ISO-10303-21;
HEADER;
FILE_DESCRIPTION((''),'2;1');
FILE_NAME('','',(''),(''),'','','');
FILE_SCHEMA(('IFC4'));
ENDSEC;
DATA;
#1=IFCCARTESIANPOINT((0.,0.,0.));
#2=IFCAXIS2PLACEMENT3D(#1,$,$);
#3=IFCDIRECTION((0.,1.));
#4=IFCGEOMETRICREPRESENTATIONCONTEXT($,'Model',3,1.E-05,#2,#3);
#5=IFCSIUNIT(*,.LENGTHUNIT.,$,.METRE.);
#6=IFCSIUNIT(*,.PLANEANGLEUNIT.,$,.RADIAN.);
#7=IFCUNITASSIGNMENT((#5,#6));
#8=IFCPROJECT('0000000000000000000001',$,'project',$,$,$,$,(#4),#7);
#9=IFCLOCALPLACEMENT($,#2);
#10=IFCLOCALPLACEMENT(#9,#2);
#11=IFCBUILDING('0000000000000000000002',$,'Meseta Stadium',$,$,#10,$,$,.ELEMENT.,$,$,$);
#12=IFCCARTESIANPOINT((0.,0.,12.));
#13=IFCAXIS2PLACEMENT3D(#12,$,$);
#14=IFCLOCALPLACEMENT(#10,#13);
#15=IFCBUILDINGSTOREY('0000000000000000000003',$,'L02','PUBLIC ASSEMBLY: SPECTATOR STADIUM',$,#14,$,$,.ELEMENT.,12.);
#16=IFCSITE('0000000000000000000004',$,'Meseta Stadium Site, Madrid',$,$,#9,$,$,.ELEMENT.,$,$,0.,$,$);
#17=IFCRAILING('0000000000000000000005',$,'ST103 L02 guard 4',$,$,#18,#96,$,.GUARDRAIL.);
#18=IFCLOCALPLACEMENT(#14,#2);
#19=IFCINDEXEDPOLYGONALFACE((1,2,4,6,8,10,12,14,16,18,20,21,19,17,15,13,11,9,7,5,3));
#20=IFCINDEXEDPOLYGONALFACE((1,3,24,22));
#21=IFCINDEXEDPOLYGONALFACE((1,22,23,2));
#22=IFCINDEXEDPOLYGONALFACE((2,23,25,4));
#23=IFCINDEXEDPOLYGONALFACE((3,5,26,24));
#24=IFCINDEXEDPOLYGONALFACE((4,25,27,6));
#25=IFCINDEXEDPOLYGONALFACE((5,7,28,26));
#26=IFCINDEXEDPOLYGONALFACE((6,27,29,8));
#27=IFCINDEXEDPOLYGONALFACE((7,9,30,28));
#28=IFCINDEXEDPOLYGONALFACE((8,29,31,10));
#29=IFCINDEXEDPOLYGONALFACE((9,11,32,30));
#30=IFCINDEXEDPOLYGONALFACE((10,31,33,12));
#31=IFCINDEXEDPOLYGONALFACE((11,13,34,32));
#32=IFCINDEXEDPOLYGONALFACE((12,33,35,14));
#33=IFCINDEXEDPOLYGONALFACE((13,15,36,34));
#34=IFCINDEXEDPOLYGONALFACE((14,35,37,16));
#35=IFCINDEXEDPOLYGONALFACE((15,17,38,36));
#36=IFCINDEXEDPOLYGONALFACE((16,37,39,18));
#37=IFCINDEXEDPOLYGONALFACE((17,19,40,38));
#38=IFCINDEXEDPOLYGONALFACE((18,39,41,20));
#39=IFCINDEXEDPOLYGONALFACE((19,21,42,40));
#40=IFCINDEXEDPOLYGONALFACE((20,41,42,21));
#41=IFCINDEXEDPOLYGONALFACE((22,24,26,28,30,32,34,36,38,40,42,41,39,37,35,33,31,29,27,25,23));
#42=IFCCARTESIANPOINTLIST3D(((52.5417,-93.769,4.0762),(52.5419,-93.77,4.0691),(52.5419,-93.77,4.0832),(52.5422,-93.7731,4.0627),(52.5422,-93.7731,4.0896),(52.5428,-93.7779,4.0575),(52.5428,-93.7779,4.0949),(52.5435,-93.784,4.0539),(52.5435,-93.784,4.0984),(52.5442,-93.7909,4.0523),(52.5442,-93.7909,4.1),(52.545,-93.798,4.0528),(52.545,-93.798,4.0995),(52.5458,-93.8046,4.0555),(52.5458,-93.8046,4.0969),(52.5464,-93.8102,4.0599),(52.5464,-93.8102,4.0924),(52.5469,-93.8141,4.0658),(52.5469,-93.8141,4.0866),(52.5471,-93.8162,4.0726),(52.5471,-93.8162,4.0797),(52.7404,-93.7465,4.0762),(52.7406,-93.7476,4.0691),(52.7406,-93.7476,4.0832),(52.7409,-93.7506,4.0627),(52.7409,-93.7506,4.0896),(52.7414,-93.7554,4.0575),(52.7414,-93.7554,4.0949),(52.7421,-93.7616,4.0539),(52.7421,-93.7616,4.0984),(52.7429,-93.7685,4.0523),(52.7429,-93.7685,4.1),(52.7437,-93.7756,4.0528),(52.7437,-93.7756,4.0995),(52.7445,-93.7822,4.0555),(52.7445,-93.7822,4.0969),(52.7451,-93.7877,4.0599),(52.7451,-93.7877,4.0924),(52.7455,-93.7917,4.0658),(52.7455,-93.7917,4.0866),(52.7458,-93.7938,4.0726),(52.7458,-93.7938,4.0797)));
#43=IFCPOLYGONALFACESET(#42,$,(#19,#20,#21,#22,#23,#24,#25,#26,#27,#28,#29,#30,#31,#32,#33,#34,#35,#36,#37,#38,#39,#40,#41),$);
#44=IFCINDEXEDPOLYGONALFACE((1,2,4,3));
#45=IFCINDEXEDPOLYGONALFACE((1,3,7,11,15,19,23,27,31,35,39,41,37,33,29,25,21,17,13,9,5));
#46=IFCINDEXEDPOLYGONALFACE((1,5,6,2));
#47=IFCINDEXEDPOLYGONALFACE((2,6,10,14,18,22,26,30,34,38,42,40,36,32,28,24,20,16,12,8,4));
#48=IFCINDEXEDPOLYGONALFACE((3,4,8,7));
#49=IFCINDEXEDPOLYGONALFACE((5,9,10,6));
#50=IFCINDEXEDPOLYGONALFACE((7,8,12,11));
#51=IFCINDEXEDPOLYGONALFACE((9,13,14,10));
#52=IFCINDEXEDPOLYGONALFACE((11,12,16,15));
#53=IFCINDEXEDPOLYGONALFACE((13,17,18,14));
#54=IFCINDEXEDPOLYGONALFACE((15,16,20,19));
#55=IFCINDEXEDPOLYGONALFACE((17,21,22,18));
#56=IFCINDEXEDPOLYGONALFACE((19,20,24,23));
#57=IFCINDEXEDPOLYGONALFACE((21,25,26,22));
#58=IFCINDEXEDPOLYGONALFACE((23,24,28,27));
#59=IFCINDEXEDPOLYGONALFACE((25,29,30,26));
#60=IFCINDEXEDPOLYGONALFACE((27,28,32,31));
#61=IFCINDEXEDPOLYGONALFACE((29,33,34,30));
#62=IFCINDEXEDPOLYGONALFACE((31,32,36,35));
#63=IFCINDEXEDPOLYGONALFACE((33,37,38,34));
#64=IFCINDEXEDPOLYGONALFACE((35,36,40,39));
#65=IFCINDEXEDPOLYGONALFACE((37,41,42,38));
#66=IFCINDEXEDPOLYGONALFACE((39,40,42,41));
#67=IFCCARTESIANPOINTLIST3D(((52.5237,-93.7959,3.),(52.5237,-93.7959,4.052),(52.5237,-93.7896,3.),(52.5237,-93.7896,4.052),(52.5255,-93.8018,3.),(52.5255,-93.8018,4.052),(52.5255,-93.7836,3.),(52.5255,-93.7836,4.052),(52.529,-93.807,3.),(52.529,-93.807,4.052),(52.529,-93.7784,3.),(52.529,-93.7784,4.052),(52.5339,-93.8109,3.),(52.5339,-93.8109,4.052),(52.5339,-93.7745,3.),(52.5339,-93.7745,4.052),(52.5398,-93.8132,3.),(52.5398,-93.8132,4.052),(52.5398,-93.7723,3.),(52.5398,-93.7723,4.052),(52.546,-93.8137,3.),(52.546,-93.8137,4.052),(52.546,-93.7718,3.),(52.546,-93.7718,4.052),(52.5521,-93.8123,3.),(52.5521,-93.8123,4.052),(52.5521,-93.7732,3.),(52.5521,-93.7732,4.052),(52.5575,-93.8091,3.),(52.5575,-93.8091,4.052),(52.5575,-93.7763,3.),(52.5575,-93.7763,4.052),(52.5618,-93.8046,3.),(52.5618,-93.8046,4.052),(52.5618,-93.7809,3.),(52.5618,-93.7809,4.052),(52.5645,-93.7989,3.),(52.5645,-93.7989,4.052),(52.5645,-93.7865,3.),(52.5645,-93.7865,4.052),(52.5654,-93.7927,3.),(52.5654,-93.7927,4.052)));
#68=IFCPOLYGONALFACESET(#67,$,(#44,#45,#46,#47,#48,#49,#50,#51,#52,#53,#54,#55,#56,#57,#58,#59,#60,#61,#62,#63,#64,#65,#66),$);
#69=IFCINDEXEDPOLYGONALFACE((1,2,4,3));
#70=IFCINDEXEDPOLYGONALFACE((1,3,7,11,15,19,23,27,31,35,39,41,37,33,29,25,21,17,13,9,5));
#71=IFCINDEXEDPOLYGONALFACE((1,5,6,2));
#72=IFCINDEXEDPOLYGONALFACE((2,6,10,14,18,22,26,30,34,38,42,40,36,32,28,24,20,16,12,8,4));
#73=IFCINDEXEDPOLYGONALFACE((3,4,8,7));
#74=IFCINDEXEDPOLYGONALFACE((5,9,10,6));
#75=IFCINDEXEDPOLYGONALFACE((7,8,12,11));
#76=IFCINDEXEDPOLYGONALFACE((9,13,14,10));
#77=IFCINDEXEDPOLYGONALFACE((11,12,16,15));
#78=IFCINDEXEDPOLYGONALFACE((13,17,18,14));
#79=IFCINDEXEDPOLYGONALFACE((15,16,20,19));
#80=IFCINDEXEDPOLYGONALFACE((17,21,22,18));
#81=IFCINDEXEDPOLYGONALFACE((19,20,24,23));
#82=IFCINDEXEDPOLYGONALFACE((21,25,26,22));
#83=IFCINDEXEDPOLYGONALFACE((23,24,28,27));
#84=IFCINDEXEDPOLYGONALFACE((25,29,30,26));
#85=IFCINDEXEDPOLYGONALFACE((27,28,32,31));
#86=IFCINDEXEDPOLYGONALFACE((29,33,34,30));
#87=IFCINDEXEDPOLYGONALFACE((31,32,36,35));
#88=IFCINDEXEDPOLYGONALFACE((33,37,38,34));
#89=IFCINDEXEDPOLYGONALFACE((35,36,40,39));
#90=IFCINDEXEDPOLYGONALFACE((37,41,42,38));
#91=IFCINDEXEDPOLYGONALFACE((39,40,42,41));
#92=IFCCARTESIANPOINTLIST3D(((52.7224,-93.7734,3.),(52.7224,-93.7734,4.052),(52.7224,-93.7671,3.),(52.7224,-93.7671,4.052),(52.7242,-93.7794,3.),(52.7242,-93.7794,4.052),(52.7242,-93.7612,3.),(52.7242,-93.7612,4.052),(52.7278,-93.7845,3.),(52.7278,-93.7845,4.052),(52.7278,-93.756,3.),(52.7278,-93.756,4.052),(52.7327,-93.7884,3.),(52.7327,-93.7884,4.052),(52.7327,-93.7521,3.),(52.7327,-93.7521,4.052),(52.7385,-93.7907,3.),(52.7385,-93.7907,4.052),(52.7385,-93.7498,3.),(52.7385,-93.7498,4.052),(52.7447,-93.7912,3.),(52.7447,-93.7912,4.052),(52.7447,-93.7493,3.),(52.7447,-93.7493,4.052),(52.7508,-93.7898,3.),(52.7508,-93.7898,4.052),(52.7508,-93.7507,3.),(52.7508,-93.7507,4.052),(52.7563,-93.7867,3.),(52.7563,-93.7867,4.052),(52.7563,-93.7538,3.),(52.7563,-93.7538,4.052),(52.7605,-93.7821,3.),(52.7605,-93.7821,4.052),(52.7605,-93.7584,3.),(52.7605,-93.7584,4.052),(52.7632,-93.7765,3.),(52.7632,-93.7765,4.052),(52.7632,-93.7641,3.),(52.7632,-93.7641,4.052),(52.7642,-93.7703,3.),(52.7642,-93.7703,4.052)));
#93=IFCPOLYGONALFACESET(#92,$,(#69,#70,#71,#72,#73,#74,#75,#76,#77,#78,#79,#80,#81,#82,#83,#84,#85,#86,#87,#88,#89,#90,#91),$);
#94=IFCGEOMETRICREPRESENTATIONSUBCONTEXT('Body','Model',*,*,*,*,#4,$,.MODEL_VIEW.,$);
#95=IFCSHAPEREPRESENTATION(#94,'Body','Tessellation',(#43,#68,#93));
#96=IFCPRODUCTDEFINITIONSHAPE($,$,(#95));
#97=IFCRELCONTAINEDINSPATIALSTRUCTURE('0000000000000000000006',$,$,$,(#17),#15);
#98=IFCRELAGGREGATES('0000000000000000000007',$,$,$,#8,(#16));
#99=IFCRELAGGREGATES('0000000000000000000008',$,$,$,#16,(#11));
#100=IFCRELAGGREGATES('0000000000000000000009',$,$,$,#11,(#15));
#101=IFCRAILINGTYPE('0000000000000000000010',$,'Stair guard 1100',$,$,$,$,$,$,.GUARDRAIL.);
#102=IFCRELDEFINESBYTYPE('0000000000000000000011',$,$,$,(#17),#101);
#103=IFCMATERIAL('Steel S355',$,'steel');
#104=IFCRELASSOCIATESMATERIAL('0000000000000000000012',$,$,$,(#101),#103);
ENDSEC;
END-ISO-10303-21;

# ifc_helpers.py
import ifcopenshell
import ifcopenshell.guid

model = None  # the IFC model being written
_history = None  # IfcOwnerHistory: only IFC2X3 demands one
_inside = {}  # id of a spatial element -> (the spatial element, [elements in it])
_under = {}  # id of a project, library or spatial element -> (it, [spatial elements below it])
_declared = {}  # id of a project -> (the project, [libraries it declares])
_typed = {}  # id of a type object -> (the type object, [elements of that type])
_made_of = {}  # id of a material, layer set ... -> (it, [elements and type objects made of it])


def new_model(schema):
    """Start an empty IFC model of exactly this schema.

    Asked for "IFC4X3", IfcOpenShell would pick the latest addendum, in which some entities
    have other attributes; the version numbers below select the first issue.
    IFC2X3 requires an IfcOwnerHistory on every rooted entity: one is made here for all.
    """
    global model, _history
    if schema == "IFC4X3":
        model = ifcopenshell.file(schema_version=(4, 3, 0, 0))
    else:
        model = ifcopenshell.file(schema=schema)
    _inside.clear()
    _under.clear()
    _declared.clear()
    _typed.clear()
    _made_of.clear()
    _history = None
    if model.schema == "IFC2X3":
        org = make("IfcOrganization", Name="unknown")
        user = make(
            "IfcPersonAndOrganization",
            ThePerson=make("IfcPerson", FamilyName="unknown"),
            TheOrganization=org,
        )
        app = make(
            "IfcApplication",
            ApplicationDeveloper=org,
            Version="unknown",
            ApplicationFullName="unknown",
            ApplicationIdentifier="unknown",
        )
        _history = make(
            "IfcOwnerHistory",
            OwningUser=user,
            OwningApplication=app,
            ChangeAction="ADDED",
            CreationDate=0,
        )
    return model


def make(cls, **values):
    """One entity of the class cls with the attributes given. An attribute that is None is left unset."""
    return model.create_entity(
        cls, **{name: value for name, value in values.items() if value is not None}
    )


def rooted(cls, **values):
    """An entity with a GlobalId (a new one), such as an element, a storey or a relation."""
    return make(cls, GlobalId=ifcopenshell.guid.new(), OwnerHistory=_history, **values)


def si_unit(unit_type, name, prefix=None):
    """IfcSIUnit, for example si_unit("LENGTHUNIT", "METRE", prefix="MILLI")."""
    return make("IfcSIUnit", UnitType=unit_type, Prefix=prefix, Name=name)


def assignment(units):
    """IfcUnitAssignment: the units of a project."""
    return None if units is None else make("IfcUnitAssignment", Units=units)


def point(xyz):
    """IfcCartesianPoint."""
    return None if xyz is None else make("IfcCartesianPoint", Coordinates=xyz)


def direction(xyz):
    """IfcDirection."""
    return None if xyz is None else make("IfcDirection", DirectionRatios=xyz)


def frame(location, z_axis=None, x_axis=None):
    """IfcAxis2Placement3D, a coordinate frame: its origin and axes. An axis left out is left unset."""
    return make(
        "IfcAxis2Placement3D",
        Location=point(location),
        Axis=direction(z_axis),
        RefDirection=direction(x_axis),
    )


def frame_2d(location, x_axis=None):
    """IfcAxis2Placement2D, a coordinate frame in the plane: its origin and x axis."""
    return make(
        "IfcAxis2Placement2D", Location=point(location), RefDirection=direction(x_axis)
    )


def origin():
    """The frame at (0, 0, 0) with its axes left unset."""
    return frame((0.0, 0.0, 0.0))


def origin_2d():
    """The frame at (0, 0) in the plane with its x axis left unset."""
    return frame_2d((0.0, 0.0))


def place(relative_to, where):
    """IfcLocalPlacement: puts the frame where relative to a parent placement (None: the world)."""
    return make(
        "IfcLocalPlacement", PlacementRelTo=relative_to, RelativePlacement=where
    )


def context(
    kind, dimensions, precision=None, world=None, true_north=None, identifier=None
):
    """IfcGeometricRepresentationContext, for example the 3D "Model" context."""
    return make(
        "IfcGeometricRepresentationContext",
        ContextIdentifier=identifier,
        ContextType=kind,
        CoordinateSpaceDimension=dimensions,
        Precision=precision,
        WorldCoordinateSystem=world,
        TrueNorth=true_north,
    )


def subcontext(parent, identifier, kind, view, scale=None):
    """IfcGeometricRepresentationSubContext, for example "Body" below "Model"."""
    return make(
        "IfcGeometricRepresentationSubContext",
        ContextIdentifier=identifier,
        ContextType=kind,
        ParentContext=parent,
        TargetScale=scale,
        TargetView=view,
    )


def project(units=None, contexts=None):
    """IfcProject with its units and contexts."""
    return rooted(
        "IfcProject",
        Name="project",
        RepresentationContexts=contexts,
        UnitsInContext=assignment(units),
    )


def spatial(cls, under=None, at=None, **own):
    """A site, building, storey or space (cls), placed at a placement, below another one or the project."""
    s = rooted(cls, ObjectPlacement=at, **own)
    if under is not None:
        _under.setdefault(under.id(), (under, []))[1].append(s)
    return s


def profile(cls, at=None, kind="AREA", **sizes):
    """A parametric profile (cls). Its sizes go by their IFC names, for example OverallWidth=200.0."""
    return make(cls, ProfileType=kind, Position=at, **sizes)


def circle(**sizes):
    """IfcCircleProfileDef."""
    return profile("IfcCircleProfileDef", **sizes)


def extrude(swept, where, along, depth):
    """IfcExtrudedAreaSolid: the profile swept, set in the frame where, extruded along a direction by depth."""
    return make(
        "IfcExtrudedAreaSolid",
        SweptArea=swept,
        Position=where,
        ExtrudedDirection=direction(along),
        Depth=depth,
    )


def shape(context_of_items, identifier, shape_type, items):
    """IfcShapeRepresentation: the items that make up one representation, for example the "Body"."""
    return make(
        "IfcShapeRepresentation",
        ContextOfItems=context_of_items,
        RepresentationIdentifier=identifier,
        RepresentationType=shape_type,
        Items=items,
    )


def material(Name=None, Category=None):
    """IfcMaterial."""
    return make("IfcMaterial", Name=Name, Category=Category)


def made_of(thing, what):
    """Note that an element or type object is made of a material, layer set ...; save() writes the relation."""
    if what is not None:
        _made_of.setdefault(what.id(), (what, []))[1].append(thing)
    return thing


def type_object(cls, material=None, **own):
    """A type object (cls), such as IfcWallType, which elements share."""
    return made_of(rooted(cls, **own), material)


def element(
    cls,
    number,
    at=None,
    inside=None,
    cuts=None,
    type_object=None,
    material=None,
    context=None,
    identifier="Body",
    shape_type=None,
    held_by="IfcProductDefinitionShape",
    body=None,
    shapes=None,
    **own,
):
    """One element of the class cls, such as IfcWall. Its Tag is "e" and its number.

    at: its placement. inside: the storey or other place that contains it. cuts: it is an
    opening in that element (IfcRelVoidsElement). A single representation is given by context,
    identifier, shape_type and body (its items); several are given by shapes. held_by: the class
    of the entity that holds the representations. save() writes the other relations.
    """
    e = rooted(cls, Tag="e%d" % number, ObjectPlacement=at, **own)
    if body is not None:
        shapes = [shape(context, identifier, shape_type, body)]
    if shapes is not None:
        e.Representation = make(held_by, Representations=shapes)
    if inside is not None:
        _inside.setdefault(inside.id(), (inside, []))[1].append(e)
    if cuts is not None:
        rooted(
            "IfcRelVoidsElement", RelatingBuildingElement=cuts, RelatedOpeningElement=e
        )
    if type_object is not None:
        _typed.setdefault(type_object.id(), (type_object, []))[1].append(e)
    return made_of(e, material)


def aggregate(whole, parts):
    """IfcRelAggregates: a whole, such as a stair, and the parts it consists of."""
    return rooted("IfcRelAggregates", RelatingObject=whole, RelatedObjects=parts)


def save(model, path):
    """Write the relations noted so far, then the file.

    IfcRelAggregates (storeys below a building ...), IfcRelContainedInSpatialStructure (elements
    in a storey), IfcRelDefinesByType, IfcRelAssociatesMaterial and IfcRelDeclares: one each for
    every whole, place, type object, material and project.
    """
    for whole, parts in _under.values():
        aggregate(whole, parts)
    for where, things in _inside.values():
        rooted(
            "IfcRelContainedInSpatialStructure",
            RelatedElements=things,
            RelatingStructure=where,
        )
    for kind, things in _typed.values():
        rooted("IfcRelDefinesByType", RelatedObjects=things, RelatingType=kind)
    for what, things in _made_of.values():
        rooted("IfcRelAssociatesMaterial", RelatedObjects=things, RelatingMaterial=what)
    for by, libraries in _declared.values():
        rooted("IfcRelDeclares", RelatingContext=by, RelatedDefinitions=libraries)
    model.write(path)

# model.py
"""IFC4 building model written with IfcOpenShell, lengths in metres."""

from ifc_helpers import new_model, si_unit, direction, frame, origin, origin_2d, place, context, subcontext, project, spatial, circle, extrude, material, type_object, element, save


model = new_model("IFC4")

# Units and contexts
model_context = context("Model", 3, precision=1e-05, world=origin(), true_north=direction((0.0, 1.0)))
body_context = subcontext(model_context, "Body", "Model", "MODEL_VIEW")
ifc_project = project(units=[si_unit("LENGTHUNIT", "METRE"), si_unit("PLANEANGLEUNIT", "RADIAN")], contexts=[model_context])

# Site, building, storey
site_placement = place(None, origin())
site = spatial("IfcSite", under=ifc_project, at=site_placement, Name="Meseta Stadium Site, Madrid", CompositionType="ELEMENT", RefElevation=0.0)
building_placement = place(site_placement, origin())
building = spatial("IfcBuilding", under=site, at=building_placement, Name="Meseta Stadium", CompositionType="ELEMENT")
storey_placement = place(building_placement, frame((0.0, 0.0, 12.0)))
storey = spatial("IfcBuildingStorey", under=building, at=storey_placement, Name="L02", Description="PUBLIC ASSEMBLY: SPECTATOR STADIUM", CompositionType="ELEMENT", Elevation=12.0)

# Railing
ifc_material_1 = material(Name="Steel S355", Category="steel")
railing_type_1 = type_object("IfcRailingType", Name="Stair guard 1100", PredefinedType="GUARDRAIL", material=ifc_material_1)
railing_1_placement = place(storey_placement, frame((52.5444, -93.7927, 3.0)))
element("IfcRailing", 1, at=railing_1_placement, inside=storey, type_object=railing_type_1, Name="ST103 L02 guard 4", PredefinedType="GUARDRAIL", context=body_context, shape_type="SweptSolid", body=[
    extrude(circle(Radius=0.0239, at=origin_2d()), frame((0.0, 0.0, 1.0762), z_axis=(0.993674, 0.112307, 0.0), x_axis=(-0.112307, 0.993674, 0.0)), (0.0, 0.0, 1.0), 0.2),
    extrude(circle(Radius=0.021, at=origin_2d()), origin(), (0.0, 0.0, 1.0), 1.052),
    extrude(circle(Radius=0.021, at=origin_2d()), frame((0.1987, 0.0225, 0.0)), (0.0, 0.0, 1.0), 1.052),
])

save(model, "model.ifc")
